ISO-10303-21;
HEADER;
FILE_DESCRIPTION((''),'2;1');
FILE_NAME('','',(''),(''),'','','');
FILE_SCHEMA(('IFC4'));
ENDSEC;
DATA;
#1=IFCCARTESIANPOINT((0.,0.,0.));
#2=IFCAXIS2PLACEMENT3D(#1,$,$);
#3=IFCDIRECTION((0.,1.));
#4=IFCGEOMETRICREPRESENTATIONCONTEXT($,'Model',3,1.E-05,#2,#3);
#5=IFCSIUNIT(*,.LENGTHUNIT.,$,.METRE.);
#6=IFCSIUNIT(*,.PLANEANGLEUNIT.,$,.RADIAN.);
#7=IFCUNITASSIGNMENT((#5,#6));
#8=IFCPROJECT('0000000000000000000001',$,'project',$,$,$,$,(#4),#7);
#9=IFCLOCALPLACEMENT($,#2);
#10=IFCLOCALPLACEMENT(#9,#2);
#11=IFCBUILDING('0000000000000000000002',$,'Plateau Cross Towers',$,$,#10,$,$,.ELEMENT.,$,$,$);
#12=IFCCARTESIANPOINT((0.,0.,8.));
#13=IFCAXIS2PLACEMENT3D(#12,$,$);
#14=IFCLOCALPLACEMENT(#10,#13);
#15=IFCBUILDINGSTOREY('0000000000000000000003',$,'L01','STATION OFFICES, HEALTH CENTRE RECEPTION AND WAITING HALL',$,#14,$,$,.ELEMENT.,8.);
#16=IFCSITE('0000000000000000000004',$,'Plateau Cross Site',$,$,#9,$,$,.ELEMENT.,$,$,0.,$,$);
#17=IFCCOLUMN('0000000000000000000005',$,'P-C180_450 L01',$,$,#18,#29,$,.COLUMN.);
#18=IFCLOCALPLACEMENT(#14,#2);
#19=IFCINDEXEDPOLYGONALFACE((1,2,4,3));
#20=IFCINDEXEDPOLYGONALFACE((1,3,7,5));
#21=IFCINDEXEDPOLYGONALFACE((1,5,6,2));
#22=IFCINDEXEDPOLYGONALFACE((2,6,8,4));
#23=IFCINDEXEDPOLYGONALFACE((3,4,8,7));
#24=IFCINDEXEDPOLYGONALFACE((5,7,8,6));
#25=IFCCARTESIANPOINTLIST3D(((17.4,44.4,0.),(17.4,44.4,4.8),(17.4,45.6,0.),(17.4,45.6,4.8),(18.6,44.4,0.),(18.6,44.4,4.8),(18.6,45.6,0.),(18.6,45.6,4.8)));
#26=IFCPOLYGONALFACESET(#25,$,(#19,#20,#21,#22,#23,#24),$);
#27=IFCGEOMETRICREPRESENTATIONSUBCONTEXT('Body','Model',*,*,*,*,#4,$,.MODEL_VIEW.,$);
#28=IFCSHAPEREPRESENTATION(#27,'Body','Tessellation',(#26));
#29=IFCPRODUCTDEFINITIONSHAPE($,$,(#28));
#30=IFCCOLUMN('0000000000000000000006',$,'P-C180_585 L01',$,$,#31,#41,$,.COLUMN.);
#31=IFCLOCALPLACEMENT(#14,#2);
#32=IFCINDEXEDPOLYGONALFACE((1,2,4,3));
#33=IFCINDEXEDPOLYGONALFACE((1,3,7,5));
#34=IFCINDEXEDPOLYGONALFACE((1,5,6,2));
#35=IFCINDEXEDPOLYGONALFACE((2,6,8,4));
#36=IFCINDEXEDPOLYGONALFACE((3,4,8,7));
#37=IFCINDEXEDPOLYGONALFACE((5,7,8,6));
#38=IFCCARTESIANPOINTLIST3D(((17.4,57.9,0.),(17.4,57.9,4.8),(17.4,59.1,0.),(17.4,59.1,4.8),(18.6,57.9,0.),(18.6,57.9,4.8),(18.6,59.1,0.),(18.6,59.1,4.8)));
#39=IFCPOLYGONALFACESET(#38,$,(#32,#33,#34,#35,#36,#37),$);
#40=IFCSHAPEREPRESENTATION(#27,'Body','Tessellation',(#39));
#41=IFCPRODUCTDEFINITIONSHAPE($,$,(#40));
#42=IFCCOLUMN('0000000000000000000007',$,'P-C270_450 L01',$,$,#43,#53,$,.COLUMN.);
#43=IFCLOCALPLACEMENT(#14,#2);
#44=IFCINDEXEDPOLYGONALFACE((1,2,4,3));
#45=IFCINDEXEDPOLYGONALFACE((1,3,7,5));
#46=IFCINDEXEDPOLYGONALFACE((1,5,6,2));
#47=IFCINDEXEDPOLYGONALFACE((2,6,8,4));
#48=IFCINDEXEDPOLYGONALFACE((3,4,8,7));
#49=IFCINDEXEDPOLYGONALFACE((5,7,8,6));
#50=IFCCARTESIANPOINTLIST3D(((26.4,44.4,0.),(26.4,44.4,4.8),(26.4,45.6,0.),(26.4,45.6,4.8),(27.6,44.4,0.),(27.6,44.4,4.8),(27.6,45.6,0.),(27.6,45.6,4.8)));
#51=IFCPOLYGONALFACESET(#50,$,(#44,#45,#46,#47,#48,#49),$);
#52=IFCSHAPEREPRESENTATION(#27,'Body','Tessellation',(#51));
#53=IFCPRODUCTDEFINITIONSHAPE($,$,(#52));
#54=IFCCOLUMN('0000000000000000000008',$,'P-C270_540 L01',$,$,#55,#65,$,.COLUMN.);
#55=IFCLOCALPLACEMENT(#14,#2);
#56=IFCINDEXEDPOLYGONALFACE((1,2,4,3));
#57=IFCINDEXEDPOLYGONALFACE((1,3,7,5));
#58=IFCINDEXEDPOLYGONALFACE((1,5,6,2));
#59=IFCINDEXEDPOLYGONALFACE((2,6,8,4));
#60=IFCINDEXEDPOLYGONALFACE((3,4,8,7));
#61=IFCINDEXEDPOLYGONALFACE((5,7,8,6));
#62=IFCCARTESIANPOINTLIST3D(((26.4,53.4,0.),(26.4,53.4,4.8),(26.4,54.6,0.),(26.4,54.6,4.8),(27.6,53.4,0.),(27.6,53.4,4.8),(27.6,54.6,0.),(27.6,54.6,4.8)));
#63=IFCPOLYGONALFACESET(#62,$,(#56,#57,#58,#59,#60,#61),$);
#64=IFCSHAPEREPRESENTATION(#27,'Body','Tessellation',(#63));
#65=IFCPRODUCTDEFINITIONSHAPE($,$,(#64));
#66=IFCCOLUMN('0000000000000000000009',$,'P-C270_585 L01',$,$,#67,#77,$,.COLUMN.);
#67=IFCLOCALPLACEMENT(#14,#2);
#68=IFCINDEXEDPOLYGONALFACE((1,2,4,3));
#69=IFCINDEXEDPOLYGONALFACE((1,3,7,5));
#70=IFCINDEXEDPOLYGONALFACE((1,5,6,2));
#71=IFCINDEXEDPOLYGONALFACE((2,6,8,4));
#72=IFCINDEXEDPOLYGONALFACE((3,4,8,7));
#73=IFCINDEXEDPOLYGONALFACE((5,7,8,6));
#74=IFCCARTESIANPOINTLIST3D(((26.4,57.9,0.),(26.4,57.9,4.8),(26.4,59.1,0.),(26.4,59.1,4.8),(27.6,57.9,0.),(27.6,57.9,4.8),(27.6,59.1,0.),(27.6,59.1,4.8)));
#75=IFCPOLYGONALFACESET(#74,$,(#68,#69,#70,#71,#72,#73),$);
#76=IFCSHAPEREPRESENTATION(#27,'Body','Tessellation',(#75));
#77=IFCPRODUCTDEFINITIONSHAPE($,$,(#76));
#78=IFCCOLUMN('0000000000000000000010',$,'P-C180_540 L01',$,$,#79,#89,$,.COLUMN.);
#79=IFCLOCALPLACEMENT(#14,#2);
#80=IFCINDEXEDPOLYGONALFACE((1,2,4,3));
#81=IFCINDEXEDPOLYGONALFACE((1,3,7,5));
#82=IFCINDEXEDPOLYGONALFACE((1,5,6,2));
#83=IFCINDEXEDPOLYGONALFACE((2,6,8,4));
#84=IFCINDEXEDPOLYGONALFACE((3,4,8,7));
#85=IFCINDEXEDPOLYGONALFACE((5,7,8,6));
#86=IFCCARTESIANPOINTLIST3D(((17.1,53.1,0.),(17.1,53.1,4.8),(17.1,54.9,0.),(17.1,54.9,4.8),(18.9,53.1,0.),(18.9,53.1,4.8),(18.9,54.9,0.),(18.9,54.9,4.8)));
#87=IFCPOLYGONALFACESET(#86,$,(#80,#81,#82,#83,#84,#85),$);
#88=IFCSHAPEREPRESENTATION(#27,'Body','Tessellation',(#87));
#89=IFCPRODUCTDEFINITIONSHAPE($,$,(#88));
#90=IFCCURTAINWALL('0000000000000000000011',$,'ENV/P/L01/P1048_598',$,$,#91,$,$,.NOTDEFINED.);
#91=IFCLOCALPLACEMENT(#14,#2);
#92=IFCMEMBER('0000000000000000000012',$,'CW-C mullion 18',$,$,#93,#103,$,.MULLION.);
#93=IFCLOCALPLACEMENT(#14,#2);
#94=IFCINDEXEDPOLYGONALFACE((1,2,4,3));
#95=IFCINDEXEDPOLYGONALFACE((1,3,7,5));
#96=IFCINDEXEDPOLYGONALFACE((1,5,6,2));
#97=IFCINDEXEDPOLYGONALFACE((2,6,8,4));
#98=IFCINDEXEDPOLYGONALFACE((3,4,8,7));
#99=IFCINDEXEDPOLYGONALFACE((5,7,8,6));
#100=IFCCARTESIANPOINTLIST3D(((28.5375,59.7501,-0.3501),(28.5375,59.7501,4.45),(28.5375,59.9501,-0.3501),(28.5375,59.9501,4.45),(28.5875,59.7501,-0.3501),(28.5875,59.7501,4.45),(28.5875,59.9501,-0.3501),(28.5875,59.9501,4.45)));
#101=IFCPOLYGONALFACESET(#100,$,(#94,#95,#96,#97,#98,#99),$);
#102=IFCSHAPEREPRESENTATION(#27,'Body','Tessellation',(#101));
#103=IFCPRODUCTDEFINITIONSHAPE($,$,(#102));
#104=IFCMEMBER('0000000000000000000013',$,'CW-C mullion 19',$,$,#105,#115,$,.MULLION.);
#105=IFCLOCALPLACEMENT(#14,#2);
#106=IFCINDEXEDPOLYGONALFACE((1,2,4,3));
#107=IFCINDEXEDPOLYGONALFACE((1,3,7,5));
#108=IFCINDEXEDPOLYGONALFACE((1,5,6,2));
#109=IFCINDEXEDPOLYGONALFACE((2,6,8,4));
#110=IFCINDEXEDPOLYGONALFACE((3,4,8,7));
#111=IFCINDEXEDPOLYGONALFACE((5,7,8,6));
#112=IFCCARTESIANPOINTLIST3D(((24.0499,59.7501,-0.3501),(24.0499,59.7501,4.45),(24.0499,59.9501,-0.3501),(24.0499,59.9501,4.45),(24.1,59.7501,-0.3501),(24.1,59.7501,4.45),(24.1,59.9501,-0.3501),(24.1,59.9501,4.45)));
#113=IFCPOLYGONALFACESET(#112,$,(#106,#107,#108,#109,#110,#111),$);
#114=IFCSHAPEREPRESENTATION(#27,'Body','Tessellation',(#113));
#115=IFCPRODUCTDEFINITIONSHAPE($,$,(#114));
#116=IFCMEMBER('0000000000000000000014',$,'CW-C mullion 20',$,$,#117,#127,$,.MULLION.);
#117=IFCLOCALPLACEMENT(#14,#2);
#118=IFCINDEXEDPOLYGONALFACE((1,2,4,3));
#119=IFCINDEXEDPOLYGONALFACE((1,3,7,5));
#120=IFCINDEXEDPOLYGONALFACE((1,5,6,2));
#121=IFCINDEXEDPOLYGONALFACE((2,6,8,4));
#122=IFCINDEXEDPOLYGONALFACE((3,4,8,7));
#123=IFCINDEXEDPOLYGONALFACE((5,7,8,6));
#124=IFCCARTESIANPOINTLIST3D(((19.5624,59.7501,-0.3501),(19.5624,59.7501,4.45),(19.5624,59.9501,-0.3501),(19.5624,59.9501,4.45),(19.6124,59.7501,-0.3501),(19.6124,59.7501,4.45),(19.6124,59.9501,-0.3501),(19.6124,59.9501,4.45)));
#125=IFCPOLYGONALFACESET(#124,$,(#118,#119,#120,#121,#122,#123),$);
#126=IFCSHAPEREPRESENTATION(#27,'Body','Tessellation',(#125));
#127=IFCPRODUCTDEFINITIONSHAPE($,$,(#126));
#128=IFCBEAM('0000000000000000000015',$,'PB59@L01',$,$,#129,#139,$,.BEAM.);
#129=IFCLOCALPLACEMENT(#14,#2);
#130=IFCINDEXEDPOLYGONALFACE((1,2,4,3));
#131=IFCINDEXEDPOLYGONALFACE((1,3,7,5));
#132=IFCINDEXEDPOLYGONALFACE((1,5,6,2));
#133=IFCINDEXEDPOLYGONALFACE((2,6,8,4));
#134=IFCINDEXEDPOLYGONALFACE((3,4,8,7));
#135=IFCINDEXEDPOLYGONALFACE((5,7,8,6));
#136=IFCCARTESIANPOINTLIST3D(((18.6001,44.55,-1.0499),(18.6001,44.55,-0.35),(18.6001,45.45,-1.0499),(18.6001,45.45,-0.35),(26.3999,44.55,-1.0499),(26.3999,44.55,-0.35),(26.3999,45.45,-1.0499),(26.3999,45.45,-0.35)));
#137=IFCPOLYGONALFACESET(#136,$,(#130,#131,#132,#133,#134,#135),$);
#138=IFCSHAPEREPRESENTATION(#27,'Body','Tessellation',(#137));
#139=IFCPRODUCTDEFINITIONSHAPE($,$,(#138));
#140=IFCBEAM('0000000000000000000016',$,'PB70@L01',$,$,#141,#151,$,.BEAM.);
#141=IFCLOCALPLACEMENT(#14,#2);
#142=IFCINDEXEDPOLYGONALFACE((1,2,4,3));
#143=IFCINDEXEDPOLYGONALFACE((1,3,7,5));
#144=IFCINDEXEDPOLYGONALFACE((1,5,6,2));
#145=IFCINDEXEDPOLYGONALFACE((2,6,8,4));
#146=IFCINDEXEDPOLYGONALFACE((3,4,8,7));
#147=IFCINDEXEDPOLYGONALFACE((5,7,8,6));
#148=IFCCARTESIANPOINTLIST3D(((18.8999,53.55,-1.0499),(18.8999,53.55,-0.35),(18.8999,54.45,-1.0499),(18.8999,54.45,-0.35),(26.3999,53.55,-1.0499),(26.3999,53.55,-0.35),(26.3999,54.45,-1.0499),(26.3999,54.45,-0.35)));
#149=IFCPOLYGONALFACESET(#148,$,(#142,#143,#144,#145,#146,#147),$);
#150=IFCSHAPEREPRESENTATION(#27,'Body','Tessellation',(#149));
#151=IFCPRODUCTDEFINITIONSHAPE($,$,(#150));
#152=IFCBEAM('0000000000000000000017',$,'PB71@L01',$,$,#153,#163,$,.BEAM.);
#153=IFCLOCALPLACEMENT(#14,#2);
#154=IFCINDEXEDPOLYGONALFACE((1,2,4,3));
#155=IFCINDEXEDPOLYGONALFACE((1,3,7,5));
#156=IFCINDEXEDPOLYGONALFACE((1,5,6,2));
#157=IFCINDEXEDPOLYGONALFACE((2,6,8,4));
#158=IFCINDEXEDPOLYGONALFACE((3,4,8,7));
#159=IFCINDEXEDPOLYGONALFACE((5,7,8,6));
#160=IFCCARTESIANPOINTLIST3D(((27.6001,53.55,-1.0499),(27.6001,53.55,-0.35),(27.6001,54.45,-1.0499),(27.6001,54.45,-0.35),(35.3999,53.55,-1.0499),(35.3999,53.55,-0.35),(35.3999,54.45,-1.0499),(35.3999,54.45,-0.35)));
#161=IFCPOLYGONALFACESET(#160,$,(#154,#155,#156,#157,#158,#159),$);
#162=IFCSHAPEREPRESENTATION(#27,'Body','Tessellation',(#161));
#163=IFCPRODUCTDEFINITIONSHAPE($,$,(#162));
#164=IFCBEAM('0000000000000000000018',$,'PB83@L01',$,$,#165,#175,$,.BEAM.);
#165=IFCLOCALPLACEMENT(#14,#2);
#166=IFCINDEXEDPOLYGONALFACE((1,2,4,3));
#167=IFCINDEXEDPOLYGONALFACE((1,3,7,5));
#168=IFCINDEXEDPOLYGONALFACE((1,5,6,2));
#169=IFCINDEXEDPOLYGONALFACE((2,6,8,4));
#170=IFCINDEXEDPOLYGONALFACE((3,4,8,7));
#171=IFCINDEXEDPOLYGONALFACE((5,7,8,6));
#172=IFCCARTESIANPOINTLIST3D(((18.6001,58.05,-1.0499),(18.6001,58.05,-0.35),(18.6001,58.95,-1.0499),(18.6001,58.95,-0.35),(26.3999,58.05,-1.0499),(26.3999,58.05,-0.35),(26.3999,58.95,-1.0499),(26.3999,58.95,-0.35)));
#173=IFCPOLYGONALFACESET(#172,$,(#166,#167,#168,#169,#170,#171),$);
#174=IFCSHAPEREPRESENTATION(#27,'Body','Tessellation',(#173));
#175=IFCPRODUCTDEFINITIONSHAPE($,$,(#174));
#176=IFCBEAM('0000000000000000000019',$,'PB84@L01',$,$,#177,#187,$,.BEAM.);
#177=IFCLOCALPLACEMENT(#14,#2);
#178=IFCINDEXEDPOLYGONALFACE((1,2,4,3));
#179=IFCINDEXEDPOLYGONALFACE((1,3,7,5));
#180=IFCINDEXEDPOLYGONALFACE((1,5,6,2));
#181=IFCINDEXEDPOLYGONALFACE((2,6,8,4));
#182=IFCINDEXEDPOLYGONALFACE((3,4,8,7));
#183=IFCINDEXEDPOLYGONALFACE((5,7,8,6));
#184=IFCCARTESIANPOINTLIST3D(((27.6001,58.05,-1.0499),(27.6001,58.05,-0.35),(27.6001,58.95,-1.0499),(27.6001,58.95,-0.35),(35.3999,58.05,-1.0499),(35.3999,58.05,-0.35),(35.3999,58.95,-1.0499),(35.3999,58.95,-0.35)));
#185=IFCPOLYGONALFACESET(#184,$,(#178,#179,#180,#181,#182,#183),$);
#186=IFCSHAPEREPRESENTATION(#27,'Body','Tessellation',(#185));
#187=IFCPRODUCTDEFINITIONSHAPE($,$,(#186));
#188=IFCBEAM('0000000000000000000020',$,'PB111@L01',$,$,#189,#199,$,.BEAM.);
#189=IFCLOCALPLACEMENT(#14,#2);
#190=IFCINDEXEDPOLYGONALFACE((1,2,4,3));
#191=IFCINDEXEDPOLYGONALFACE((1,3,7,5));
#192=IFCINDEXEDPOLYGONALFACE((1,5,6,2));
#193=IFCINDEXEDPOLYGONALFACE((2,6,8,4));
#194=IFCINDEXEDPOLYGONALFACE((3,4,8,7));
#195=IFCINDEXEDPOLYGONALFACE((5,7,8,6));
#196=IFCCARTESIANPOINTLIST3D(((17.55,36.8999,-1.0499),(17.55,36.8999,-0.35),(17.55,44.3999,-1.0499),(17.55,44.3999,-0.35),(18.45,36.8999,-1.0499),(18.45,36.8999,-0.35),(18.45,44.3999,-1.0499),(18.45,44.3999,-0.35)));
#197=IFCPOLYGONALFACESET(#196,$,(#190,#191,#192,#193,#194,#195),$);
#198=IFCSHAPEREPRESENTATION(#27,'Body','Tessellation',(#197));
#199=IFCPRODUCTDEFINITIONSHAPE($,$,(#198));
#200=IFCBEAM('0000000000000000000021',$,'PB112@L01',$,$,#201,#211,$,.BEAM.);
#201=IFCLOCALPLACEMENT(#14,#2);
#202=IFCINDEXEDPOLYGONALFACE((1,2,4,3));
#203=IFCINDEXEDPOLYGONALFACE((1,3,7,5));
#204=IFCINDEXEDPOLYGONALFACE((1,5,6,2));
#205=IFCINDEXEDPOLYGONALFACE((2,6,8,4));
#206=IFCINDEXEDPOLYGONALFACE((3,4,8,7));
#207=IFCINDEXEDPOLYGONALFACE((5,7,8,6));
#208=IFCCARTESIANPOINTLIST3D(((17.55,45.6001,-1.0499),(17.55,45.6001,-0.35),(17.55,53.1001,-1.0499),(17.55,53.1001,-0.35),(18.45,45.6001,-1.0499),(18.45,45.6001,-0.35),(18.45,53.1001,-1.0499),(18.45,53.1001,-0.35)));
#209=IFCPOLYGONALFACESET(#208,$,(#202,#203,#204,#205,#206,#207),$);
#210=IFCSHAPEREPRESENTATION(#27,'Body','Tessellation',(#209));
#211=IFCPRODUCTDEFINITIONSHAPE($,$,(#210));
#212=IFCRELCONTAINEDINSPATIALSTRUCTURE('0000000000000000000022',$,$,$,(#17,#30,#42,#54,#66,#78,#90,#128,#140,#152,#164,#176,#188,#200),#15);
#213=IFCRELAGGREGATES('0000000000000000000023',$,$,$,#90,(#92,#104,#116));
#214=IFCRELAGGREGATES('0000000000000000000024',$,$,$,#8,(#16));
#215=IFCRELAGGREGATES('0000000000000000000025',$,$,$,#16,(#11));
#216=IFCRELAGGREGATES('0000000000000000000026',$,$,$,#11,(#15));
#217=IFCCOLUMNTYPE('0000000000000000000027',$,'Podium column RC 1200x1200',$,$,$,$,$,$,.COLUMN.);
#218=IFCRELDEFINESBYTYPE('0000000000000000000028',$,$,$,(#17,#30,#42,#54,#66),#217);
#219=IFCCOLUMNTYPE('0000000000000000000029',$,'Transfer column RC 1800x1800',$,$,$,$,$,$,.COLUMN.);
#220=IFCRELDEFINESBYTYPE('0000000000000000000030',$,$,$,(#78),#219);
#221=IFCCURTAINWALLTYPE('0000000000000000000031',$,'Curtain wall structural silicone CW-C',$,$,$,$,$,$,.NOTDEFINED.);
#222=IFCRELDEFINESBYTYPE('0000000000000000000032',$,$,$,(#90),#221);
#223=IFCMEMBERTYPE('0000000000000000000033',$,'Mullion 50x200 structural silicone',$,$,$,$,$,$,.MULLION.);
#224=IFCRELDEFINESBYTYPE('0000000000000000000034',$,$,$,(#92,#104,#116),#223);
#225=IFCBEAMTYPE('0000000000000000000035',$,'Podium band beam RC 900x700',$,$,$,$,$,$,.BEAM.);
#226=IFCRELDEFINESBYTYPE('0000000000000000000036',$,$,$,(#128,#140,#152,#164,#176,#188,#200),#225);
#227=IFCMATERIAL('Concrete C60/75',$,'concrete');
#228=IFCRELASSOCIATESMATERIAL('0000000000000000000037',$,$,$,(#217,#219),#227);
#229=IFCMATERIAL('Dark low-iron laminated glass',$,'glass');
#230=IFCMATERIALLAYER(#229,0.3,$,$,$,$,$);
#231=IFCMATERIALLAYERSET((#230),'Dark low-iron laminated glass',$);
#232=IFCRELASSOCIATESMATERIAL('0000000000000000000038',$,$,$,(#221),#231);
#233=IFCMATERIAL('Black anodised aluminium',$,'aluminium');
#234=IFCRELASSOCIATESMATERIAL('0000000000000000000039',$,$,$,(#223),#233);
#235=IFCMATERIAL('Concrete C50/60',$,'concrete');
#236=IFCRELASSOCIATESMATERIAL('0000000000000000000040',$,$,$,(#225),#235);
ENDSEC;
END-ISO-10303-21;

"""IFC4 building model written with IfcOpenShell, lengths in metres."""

from ifc_helpers import new_model, si_unit, direction, frame, origin, origin_2d, place, context, subcontext, project, spatial, rectangle, extrude, material, layer, layer_set, material_profile, profile_set, type_object, element, aggregate, save


model = new_model("IFC4")

# Units and contexts
model_context = context("Model", 3, precision=1e-05, world=origin(), true_north=direction((0.0, 1.0)))
body_context = subcontext(model_context, "Body", "Model", "MODEL_VIEW")
ifc_project = project(units=[si_unit("LENGTHUNIT", "METRE"), si_unit("PLANEANGLEUNIT", "RADIAN")], contexts=[model_context])

# Site, building, storey
site_placement = place(None, origin())
site = spatial("IfcSite", under=ifc_project, at=site_placement, Name="Plateau Cross Site", CompositionType="ELEMENT", RefElevation=0.0)
building_placement = place(site_placement, origin())
building = spatial("IfcBuilding", under=site, at=building_placement, Name="Plateau Cross Towers", CompositionType="ELEMENT")
storey_placement = place(building_placement, frame((0.0, 0.0, 8.0)))
storey = spatial("IfcBuildingStorey", under=building, at=storey_placement, Name="L01", Description="STATION OFFICES, HEALTH CENTRE RECEPTION AND WAITING HALL", CompositionType="ELEMENT", Elevation=8.0)

# Columns
ifc_material_1 = material(Name="Concrete C60/75", Category="concrete")
ifc_material_profile_1 = material_profile(ifc_material_1, rectangle(XDim=1.2, YDim=1.2, at=origin_2d()), Name="RC 1200x1200")
ifc_profile_set_1 = profile_set([ifc_material_profile_1], Name="Concrete C60/75")
column_type_1 = type_object("IfcColumnType", Name="Podium column RC 1200x1200", PredefinedType="COLUMN", material=ifc_profile_set_1)
for number, where, z_axis, x_axis, name in (
    (1, (18.0, 45.0, 0.0), (0.0, 0.0, 1.0), (1.0, 0.0, 0.0), "P-C180_450 L01"),
    (2, (18.0, 58.5, 0.0), (0.0, 0.0, 1.0), (1.0, 0.0, 0.0), "P-C180_585 L01"),
    (3, (27.0, 45.0, 0.0), (0.0, 0.0, 1.0), (1.0, 0.0, 0.0), "P-C270_450 L01"),
    (4, (27.0, 54.0, 0.0), (0.0, 0.0, 1.0), (1.0, 0.0, 0.0), "P-C270_540 L01"),
    (5, (27.0, 58.5, 0.0), (0.0, 0.0, 1.0), (1.0, 0.0, 0.0), "P-C270_585 L01"),
):
    element("IfcColumn", number, at=place(storey_placement, frame(where, z_axis=z_axis, x_axis=x_axis)), inside=storey, type_object=column_type_1, Name=name, PredefinedType="COLUMN", context=body_context, shape_type="SweptSolid", body=[
        extrude(rectangle(XDim=1.2, YDim=1.2, at=origin_2d()), origin(), (0.0, 0.0, 1.0), 4.8),
    ])
ifc_material_profile_2 = material_profile(ifc_material_1, rectangle(XDim=1.8, YDim=1.8, at=origin_2d()), Name="RC 1800x1800")
ifc_profile_set_2 = profile_set([ifc_material_profile_2], Name="Concrete C60/75")
column_type_2 = type_object("IfcColumnType", Name="Transfer column RC 1800x1800", PredefinedType="COLUMN", material=ifc_profile_set_2)
column_placement = place(storey_placement, frame((18.0, 54.0, 0.0), z_axis=(0.0, 0.0, 1.0), x_axis=(1.0, 0.0, 0.0)))
element("IfcColumn", 6, at=column_placement, inside=storey, type_object=column_type_2, Name="P-C180_540 L01", PredefinedType="COLUMN", context=body_context, shape_type="SweptSolid", body=[
    extrude(rectangle(XDim=1.8, YDim=1.8, at=origin_2d()), origin(), (0.0, 0.0, 1.0), 4.8),
])

# Curtain wall, members
ifc_material_2 = material(Name="Dark low-iron laminated glass", Category="glass")
ifc_layer_1 = layer(ifc_material_2, 0.3)
ifc_layer_set_1 = layer_set([ifc_layer_1], Name="Dark low-iron laminated glass")
curtain_wall_type = type_object("IfcCurtainWallType", Name="Curtain wall structural silicone CW-C", PredefinedType="NOTDEFINED", material=ifc_layer_set_1)
curtain_wall_placement = place(storey_placement, origin())
curtain_wall = element("IfcCurtainWall", 7, at=curtain_wall_placement, inside=storey, type_object=curtain_wall_type, Name="ENV/P/L01/P1048_598", PredefinedType="NOTDEFINED")
ifc_material_3 = material(Name="Black anodised aluminium", Category="aluminium")
ifc_material_profile_3 = material_profile(ifc_material_3, rectangle(XDim=0.05, YDim=0.2, at=origin_2d()), Name="MULLION 50x200")
ifc_profile_set_3 = profile_set([ifc_material_profile_3], Name="Black anodised aluminium")
member_type = type_object("IfcMemberType", Name="Mullion 50x200 structural silicone", PredefinedType="MULLION", material=ifc_profile_set_3)
member_1_placement = place(storey_placement, frame((28.5625, 59.8501, -0.3501), z_axis=(0.0, 0.0, 1.0), x_axis=(-1.0, 0.0, 0.0)))
member_1 = element("IfcMember", 8, at=member_1_placement, type_object=member_type, Name="CW-C mullion 18", PredefinedType="MULLION", context=body_context, shape_type="SweptSolid", body=[
    extrude(rectangle(XDim=0.05, YDim=0.2, at=origin_2d()), origin(), (0.0, 0.0, 1.0), 4.8),
])
member_2_placement = place(storey_placement, frame((24.075, 59.8501, -0.3501), z_axis=(0.0, 0.0, 1.0), x_axis=(-1.0, 0.0, 0.0)))
member_2 = element("IfcMember", 9, at=member_2_placement, type_object=member_type, Name="CW-C mullion 19", PredefinedType="MULLION", context=body_context, shape_type="SweptSolid", body=[
    extrude(rectangle(XDim=0.05, YDim=0.2, at=origin_2d()), origin(), (0.0, 0.0, 1.0), 4.8),
])
member_3_placement = place(storey_placement, frame((19.5874, 59.8501, -0.3501), z_axis=(0.0, 0.0, 1.0), x_axis=(-1.0, 0.0, 0.0)))
member_3 = element("IfcMember", 10, at=member_3_placement, type_object=member_type, Name="CW-C mullion 20", PredefinedType="MULLION", context=body_context, shape_type="SweptSolid", body=[
    extrude(rectangle(XDim=0.05, YDim=0.2, at=origin_2d()), origin(), (0.0, 0.0, 1.0), 4.8),
])

# Beams
ifc_material_4 = material(Name="Concrete C50/60", Category="concrete")
ifc_material_profile_4 = material_profile(ifc_material_4, rectangle(XDim=0.8999, YDim=0.7, at=origin_2d()), Name="RC 900x700")
ifc_profile_set_4 = profile_set([ifc_material_profile_4], Name="Concrete C50/60")
beam_type = type_object("IfcBeamType", Name="Podium band beam RC 900x700", PredefinedType="BEAM", material=ifc_profile_set_4)
beam_1_placement = place(storey_placement, frame((18.6001, 45.0, -0.7), z_axis=(1.0, 0.0, 0.0), x_axis=(0.0, 1.0, 0.0)))
element("IfcBeam", 11, at=beam_1_placement, inside=storey, type_object=beam_type, Name="PB59@L01", PredefinedType="BEAM", context=body_context, shape_type="SweptSolid", body=[
    extrude(rectangle(XDim=0.8999, YDim=0.7, at=origin_2d()), origin(), (0.0, 0.0, 1.0), 7.7998),
])
beam_2_placement = place(storey_placement, frame((18.8999, 54.0, -0.7), z_axis=(1.0, 0.0, 0.0), x_axis=(0.0, 1.0, 0.0)))
element("IfcBeam", 12, at=beam_2_placement, inside=storey, type_object=beam_type, Name="PB70@L01", PredefinedType="BEAM", context=body_context, shape_type="SweptSolid", body=[
    extrude(rectangle(XDim=0.8999, YDim=0.7, at=origin_2d()), origin(), (0.0, 0.0, 1.0), 7.5),
])
for number, where, z_axis, x_axis, name in (
    (13, (27.6001, 54.0, -0.7), (1.0, 0.0, 0.0), (0.0, 1.0, 0.0), "PB71@L01"),
    (14, (18.6001, 58.5, -0.7), (1.0, 0.0, 0.0), (0.0, 1.0, 0.0), "PB83@L01"),
    (15, (27.6001, 58.5, -0.7), (1.0, 0.0, 0.0), (0.0, 1.0, 0.0), "PB84@L01"),
):
    element("IfcBeam", number, at=place(storey_placement, frame(where, z_axis=z_axis, x_axis=x_axis)), inside=storey, type_object=beam_type, Name=name, PredefinedType="BEAM", context=body_context, shape_type="SweptSolid", body=[
        extrude(rectangle(XDim=0.8999, YDim=0.7, at=origin_2d()), origin(), (0.0, 0.0, 1.0), 7.7998),
    ])
for number, where, z_axis, x_axis, name in (
    (16, (18.0, 36.8999, -0.7), (0.0, 1.0, 0.0), (-1.0, 0.0, 0.0), "PB111@L01"),
    (17, (18.0, 45.6001, -0.7), (0.0, 1.0, 0.0), (-1.0, 0.0, 0.0), "PB112@L01"),
):
    element("IfcBeam", number, at=place(storey_placement, frame(where, z_axis=z_axis, x_axis=x_axis)), inside=storey, type_object=beam_type, Name=name, PredefinedType="BEAM", context=body_context, shape_type="SweptSolid", body=[
        extrude(rectangle(XDim=0.8999, YDim=0.7, at=origin_2d()), origin(), (0.0, 0.0, 1.0), 7.5),
    ])

aggregate(curtain_wall, [member_1, member_2, member_3])

save(model, "model.ifc")
